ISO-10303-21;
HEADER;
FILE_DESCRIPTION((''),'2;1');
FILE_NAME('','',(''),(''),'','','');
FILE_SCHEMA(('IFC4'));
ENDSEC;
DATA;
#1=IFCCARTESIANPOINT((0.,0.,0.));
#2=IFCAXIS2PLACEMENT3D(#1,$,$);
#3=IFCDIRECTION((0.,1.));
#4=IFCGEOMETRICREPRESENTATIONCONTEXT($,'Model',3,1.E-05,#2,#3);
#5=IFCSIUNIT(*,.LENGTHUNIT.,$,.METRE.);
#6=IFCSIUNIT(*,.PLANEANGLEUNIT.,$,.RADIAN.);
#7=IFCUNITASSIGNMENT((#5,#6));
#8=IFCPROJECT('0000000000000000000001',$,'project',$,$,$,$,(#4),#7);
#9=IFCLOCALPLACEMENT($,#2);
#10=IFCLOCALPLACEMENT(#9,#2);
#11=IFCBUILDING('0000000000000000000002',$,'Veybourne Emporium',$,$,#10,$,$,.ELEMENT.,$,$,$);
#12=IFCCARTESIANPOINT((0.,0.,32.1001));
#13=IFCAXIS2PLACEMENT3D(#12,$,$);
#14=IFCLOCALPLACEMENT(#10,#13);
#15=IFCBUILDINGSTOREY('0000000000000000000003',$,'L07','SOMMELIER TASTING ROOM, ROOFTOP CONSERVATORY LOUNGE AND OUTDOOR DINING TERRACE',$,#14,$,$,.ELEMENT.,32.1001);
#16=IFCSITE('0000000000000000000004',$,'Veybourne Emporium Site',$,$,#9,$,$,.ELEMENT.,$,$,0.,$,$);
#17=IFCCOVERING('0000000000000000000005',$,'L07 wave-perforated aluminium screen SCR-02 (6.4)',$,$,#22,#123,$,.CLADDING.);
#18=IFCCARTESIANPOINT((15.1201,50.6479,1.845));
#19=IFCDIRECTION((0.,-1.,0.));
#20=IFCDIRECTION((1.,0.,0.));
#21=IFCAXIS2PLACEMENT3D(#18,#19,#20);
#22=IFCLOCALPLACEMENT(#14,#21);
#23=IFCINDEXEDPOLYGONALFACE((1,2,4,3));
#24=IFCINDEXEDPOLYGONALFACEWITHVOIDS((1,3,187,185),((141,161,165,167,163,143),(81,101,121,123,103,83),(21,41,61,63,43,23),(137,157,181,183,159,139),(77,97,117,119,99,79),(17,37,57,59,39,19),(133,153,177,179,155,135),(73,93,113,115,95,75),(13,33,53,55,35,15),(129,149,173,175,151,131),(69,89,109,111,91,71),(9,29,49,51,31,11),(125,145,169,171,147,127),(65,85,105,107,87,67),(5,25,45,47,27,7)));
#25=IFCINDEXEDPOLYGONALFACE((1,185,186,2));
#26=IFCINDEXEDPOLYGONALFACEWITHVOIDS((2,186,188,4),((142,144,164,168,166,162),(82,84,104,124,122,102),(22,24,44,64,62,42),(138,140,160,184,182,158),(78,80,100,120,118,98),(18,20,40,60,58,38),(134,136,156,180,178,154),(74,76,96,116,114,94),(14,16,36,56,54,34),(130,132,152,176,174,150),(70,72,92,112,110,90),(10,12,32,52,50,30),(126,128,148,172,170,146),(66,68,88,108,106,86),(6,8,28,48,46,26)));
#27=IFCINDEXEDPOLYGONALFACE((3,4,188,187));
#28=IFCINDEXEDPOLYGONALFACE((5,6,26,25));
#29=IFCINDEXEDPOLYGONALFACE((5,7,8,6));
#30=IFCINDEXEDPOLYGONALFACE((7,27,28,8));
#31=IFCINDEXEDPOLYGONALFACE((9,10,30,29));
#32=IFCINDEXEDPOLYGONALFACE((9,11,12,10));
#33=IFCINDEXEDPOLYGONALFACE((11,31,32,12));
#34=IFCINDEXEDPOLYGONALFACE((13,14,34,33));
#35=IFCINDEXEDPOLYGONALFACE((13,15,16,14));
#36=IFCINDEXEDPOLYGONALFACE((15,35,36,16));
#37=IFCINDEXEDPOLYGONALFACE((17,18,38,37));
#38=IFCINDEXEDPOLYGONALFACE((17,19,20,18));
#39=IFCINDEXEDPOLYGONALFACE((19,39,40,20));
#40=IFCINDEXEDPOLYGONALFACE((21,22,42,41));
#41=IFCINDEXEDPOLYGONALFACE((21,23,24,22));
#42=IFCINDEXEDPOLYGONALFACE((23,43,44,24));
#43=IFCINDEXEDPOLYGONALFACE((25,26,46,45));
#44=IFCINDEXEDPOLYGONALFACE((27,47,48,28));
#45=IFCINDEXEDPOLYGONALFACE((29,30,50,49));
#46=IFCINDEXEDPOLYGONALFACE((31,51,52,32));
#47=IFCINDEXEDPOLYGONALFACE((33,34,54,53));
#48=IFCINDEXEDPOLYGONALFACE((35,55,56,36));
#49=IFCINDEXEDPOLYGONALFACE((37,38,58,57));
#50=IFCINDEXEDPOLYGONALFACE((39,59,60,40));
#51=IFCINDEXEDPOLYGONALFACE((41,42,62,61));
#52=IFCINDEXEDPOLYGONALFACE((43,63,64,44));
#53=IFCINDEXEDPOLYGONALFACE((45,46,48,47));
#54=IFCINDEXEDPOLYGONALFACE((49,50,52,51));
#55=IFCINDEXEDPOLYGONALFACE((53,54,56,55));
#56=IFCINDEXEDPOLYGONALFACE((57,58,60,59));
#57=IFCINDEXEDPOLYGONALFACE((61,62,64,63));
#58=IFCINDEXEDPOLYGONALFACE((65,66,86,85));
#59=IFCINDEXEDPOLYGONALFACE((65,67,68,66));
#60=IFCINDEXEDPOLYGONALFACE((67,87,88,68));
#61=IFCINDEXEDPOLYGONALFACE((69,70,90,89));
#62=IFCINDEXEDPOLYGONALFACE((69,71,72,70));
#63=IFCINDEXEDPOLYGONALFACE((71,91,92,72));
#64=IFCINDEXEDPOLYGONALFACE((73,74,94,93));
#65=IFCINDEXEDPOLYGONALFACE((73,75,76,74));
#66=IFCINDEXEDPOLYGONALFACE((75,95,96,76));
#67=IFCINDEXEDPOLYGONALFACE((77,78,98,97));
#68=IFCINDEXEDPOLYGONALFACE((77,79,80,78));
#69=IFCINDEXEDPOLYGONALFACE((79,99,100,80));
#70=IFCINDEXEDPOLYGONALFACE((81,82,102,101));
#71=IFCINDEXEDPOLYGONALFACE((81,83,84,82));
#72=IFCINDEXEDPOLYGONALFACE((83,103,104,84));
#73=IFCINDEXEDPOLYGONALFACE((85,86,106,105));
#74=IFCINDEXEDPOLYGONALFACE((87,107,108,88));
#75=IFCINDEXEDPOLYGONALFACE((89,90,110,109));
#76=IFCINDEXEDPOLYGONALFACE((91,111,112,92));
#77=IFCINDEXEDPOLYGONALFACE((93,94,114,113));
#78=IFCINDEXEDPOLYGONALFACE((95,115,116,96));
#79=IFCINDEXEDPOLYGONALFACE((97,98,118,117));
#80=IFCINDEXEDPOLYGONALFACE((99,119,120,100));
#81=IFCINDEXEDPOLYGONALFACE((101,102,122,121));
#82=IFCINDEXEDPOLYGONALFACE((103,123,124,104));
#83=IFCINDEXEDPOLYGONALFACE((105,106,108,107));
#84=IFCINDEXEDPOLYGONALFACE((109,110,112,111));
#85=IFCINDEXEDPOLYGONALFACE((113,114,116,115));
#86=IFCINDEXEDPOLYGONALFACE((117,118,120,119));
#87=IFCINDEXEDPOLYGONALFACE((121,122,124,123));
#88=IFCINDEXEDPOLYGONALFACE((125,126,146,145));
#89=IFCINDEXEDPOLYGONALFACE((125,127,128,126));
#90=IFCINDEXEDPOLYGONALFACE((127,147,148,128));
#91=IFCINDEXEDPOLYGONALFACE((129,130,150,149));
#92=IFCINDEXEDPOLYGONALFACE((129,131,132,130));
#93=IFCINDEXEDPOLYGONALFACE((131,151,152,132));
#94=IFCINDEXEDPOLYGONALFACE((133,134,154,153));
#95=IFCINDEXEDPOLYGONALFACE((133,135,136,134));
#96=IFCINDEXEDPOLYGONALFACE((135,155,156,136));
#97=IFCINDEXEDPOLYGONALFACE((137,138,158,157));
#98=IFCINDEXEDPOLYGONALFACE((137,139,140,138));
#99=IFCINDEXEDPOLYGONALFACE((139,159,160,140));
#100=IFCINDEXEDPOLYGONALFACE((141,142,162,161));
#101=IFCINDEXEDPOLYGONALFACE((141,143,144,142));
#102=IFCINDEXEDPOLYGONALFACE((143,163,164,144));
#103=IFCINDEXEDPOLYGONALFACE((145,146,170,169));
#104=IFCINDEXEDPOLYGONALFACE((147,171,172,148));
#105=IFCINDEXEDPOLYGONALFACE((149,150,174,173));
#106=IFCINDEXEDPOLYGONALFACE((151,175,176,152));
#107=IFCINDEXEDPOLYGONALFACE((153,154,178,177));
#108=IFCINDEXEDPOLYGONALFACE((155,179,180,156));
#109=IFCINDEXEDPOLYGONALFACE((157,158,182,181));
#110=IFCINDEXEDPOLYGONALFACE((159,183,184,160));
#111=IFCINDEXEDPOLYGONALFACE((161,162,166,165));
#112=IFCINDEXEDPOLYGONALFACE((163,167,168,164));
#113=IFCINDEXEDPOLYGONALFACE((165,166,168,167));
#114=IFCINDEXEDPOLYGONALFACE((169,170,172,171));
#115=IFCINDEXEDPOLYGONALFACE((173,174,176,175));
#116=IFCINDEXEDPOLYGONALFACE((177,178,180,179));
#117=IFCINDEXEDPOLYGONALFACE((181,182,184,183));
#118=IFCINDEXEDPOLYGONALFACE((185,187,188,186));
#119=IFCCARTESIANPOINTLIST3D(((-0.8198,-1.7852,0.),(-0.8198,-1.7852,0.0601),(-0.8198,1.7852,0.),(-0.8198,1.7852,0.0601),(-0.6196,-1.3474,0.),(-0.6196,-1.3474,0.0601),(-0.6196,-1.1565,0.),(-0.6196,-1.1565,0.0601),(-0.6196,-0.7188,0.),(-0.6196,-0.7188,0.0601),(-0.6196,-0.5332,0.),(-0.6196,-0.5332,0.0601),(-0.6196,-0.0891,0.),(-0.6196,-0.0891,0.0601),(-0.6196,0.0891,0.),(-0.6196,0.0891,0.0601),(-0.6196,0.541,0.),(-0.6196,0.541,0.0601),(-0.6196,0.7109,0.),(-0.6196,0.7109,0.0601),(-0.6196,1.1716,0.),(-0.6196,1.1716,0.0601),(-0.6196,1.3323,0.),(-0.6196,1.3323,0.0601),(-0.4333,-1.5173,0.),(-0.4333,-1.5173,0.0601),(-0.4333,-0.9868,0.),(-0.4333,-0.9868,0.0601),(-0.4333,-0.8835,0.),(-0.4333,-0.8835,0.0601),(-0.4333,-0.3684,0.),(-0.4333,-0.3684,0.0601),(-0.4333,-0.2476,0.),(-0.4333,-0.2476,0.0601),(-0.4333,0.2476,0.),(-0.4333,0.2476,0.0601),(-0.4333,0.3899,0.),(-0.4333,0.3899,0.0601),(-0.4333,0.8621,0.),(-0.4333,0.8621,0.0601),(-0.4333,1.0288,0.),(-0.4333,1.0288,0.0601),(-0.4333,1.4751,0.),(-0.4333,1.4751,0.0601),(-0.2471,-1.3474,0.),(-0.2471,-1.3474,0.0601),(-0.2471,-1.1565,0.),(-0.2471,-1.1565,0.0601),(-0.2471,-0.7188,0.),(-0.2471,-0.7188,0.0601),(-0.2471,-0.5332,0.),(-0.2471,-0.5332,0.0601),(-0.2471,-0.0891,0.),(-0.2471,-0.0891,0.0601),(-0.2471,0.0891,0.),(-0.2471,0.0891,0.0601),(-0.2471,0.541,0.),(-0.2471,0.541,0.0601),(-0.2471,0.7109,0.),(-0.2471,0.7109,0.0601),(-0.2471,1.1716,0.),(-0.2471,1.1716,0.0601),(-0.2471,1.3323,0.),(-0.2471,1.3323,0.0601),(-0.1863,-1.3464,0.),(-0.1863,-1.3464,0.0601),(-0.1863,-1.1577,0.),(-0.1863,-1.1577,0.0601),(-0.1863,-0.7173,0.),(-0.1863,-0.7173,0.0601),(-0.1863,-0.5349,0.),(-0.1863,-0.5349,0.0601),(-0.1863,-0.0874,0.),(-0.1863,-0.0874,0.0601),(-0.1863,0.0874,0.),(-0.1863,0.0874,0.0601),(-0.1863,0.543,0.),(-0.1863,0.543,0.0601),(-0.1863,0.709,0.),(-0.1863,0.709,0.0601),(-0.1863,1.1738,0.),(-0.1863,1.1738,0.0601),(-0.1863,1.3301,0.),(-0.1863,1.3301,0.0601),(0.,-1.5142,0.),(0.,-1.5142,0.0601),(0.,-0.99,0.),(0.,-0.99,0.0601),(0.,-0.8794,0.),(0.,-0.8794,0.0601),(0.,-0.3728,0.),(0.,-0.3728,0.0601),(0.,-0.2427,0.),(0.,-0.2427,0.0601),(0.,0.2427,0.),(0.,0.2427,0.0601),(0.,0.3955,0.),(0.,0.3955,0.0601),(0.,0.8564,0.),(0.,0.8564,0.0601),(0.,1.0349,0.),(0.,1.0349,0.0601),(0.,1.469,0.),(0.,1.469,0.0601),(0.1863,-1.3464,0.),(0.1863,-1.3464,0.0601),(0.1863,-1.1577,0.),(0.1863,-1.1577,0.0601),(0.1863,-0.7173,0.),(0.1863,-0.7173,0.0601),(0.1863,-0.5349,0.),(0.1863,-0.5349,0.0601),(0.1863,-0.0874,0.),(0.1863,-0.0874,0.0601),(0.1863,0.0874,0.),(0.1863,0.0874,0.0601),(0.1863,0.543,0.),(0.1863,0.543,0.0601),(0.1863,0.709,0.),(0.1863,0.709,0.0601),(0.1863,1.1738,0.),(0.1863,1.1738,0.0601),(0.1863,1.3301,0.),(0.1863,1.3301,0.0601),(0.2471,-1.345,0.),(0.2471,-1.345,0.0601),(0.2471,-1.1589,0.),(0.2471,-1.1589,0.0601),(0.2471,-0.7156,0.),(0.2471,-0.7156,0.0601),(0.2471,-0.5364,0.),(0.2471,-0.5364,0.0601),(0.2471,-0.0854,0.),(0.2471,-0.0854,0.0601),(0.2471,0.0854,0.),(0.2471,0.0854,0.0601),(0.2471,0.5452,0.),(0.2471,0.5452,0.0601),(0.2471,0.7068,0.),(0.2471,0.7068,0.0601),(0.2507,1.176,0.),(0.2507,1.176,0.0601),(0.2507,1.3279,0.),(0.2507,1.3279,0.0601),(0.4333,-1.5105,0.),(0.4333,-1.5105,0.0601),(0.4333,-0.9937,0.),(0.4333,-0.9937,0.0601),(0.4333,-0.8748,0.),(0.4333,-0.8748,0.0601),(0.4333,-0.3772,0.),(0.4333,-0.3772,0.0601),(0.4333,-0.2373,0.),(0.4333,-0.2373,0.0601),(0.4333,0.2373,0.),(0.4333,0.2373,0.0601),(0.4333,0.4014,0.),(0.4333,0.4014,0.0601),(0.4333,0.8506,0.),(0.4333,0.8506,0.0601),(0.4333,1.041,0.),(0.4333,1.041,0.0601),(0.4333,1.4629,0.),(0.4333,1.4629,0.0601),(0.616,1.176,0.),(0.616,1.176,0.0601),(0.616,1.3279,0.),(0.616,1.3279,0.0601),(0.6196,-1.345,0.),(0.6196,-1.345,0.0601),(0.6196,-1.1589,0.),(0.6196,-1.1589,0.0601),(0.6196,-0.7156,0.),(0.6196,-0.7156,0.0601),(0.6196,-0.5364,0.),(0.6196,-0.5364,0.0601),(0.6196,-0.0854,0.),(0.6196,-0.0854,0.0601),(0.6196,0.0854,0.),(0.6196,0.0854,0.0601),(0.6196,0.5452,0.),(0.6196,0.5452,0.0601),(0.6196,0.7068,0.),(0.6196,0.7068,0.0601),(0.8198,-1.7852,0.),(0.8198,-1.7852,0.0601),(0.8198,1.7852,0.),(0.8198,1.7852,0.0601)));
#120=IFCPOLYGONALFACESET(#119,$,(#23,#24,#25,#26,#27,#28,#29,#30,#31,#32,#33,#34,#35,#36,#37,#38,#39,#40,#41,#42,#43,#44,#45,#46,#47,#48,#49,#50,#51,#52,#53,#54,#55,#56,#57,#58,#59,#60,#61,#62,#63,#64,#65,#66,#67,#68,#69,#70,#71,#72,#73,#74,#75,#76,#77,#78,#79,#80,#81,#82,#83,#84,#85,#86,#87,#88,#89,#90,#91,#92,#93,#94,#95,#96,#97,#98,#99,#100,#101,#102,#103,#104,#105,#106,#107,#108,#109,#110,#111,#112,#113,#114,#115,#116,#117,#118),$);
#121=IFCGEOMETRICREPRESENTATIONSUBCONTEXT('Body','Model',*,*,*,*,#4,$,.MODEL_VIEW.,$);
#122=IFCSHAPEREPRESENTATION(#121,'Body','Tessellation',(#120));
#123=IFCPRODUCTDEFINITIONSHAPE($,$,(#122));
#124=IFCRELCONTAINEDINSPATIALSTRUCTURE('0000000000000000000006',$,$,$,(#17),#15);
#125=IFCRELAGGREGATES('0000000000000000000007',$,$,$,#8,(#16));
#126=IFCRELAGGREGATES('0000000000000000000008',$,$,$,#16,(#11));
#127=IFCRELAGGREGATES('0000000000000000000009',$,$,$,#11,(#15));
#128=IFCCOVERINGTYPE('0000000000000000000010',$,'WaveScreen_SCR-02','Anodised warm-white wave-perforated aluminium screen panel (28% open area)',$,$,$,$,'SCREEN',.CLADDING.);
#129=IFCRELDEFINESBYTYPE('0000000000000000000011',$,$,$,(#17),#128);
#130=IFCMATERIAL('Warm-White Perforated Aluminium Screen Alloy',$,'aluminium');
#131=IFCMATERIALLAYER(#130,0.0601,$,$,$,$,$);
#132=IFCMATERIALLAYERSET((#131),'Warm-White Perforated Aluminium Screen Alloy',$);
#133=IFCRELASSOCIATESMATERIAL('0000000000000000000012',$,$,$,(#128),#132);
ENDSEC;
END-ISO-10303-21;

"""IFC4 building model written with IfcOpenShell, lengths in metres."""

from ifc_helpers import new_model, si_unit, direction, frame, origin, place, context, subcontext, project, spatial, polyline, outline, extrude, material, layer, layer_set, type_object, element, save


model = new_model("IFC4")

# Units and contexts
model_context = context("Model", 3, precision=1e-05, world=origin(), true_north=direction((0.0, 1.0)))
body_context = subcontext(model_context, "Body", "Model", "MODEL_VIEW")
ifc_project = project(units=[si_unit("LENGTHUNIT", "METRE"), si_unit("PLANEANGLEUNIT", "RADIAN")], contexts=[model_context])

# Site, building, storey
site_placement = place(None, origin())
site = spatial("IfcSite", under=ifc_project, at=site_placement, Name="Veybourne Emporium Site", CompositionType="ELEMENT", RefElevation=0.0)
building_placement = place(site_placement, origin())
building = spatial("IfcBuilding", under=site, at=building_placement, Name="Veybourne Emporium", CompositionType="ELEMENT")
storey_placement = place(building_placement, frame((0.0, 0.0, 32.1001)))
storey = spatial("IfcBuildingStorey", under=building, at=storey_placement, Name="L07", Description="SOMMELIER TASTING ROOM, ROOFTOP CONSERVATORY LOUNGE AND OUTDOOR DINING TERRACE", CompositionType="ELEMENT", Elevation=32.1001)

# Covering
ifc_material_1 = material(Name="Warm-White Perforated Aluminium Screen Alloy", Category="aluminium")
ifc_layer_1 = layer(ifc_material_1, 0.0601)
ifc_layer_set_1 = layer_set([ifc_layer_1], Name="Warm-White Perforated Aluminium Screen Alloy")
covering_type_1 = type_object("IfcCoveringType", Name="WaveScreen_SCR-02", Description="Anodised warm-white wave-perforated aluminium screen panel (28% open area)", ElementType="SCREEN", PredefinedType="CLADDING", material=ifc_layer_set_1)
covering_1_placement = place(storey_placement, frame((15.1201, 50.6479, 1.845), z_axis=(0.0, -1.0, 0.0), x_axis=(1.0, 0.0, 0.0)))
element("IfcCovering", 1, at=covering_1_placement, inside=storey, type_object=covering_type_1, Name="L07 wave-perforated aluminium screen SCR-02 (6.4)", PredefinedType="CLADDING", context=body_context, shape_type="SweptSolid", body=[
    extrude(outline(polyline([(-0.8198, -1.7852), (0.8198, -1.7852), (0.8198, 1.7852), (-0.8198, 1.7852), (-0.8198, -1.7852)]), holes=[polyline([(-0.4333, -0.9868), (-0.2471, -1.1565), (-0.2471, -1.3474), (-0.4333, -1.5173), (-0.6196, -1.3474), (-0.6196, -1.1565), (-0.4333, -0.9868)]), polyline([(-0.4333, -0.3684), (-0.2471, -0.5332), (-0.2471, -0.7188), (-0.4333, -0.8835), (-0.6196, -0.7188), (-0.6196, -0.5332), (-0.4333, -0.3684)]), polyline([(-0.4333, 0.2476), (-0.2471, 0.0891), (-0.2471, -0.0891), (-0.4333, -0.2476), (-0.6196, -0.0891), (-0.6196, 0.0891), (-0.4333, 0.2476)]), polyline([(-0.4333, 0.8621), (-0.2471, 0.7109), (-0.2471, 0.541), (-0.4333, 0.3899), (-0.6196, 0.541), (-0.6196, 0.7109), (-0.4333, 0.8621)]), polyline([(-0.4333, 1.4751), (-0.2471, 1.3323), (-0.2471, 1.1716), (-0.4333, 1.0288), (-0.6196, 1.1716), (-0.6196, 1.3323), (-0.4333, 1.4751)]), polyline([(0.0, -0.99), (0.1863, -1.1577), (0.1863, -1.3464), (0.0, -1.5142), (-0.1863, -1.3464), (-0.1863, -1.1577), (0.0, -0.99)]), polyline([(0.0, -0.3728), (0.1863, -0.5349), (0.1863, -0.7173), (0.0, -0.8794), (-0.1863, -0.7173), (-0.1863, -0.5349), (0.0, -0.3728)]), polyline([(0.0, 0.2427), (0.1863, 0.0874), (0.1863, -0.0874), (0.0, -0.2427), (-0.1863, -0.0874), (-0.1863, 0.0874), (0.0, 0.2427)]), polyline([(0.0, 0.8564), (0.1863, 0.709), (0.1863, 0.543), (0.0, 0.3955), (-0.1863, 0.543), (-0.1863, 0.709), (0.0, 0.8564)]), polyline([(0.0, 1.469), (0.1863, 1.3301), (0.1863, 1.1738), (0.0, 1.0349), (-0.1863, 1.1738), (-0.1863, 1.3301), (0.0, 1.469)]), polyline([(0.4333, -0.9937), (0.6196, -1.1589), (0.6196, -1.345), (0.4333, -1.5105), (0.2471, -1.345), (0.2471, -1.1589), (0.4333, -0.9937)]), polyline([(0.4333, -0.3772), (0.6196, -0.5364), (0.6196, -0.7156), (0.4333, -0.8748), (0.2471, -0.7156), (0.2471, -0.5364), (0.4333, -0.3772)]), polyline([(0.4333, 0.2373), (0.6196, 0.0854), (0.6196, -0.0854), (0.4333, -0.2373), (0.2471, -0.0854), (0.2471, 0.0854), (0.4333, 0.2373)]), polyline([(0.4333, 0.8506), (0.6196, 0.7068), (0.6196, 0.5452), (0.4333, 0.4014), (0.2471, 0.5452), (0.2471, 0.7068), (0.4333, 0.8506)]), polyline([(0.4333, 1.4629), (0.616, 1.3279), (0.616, 1.176), (0.4333, 1.041), (0.2507, 1.176), (0.2507, 1.3279), (0.4333, 1.4629)])]), origin(), (0.0, 0.0, 1.0), 0.0601),
])

save(model, "model.ifc")
